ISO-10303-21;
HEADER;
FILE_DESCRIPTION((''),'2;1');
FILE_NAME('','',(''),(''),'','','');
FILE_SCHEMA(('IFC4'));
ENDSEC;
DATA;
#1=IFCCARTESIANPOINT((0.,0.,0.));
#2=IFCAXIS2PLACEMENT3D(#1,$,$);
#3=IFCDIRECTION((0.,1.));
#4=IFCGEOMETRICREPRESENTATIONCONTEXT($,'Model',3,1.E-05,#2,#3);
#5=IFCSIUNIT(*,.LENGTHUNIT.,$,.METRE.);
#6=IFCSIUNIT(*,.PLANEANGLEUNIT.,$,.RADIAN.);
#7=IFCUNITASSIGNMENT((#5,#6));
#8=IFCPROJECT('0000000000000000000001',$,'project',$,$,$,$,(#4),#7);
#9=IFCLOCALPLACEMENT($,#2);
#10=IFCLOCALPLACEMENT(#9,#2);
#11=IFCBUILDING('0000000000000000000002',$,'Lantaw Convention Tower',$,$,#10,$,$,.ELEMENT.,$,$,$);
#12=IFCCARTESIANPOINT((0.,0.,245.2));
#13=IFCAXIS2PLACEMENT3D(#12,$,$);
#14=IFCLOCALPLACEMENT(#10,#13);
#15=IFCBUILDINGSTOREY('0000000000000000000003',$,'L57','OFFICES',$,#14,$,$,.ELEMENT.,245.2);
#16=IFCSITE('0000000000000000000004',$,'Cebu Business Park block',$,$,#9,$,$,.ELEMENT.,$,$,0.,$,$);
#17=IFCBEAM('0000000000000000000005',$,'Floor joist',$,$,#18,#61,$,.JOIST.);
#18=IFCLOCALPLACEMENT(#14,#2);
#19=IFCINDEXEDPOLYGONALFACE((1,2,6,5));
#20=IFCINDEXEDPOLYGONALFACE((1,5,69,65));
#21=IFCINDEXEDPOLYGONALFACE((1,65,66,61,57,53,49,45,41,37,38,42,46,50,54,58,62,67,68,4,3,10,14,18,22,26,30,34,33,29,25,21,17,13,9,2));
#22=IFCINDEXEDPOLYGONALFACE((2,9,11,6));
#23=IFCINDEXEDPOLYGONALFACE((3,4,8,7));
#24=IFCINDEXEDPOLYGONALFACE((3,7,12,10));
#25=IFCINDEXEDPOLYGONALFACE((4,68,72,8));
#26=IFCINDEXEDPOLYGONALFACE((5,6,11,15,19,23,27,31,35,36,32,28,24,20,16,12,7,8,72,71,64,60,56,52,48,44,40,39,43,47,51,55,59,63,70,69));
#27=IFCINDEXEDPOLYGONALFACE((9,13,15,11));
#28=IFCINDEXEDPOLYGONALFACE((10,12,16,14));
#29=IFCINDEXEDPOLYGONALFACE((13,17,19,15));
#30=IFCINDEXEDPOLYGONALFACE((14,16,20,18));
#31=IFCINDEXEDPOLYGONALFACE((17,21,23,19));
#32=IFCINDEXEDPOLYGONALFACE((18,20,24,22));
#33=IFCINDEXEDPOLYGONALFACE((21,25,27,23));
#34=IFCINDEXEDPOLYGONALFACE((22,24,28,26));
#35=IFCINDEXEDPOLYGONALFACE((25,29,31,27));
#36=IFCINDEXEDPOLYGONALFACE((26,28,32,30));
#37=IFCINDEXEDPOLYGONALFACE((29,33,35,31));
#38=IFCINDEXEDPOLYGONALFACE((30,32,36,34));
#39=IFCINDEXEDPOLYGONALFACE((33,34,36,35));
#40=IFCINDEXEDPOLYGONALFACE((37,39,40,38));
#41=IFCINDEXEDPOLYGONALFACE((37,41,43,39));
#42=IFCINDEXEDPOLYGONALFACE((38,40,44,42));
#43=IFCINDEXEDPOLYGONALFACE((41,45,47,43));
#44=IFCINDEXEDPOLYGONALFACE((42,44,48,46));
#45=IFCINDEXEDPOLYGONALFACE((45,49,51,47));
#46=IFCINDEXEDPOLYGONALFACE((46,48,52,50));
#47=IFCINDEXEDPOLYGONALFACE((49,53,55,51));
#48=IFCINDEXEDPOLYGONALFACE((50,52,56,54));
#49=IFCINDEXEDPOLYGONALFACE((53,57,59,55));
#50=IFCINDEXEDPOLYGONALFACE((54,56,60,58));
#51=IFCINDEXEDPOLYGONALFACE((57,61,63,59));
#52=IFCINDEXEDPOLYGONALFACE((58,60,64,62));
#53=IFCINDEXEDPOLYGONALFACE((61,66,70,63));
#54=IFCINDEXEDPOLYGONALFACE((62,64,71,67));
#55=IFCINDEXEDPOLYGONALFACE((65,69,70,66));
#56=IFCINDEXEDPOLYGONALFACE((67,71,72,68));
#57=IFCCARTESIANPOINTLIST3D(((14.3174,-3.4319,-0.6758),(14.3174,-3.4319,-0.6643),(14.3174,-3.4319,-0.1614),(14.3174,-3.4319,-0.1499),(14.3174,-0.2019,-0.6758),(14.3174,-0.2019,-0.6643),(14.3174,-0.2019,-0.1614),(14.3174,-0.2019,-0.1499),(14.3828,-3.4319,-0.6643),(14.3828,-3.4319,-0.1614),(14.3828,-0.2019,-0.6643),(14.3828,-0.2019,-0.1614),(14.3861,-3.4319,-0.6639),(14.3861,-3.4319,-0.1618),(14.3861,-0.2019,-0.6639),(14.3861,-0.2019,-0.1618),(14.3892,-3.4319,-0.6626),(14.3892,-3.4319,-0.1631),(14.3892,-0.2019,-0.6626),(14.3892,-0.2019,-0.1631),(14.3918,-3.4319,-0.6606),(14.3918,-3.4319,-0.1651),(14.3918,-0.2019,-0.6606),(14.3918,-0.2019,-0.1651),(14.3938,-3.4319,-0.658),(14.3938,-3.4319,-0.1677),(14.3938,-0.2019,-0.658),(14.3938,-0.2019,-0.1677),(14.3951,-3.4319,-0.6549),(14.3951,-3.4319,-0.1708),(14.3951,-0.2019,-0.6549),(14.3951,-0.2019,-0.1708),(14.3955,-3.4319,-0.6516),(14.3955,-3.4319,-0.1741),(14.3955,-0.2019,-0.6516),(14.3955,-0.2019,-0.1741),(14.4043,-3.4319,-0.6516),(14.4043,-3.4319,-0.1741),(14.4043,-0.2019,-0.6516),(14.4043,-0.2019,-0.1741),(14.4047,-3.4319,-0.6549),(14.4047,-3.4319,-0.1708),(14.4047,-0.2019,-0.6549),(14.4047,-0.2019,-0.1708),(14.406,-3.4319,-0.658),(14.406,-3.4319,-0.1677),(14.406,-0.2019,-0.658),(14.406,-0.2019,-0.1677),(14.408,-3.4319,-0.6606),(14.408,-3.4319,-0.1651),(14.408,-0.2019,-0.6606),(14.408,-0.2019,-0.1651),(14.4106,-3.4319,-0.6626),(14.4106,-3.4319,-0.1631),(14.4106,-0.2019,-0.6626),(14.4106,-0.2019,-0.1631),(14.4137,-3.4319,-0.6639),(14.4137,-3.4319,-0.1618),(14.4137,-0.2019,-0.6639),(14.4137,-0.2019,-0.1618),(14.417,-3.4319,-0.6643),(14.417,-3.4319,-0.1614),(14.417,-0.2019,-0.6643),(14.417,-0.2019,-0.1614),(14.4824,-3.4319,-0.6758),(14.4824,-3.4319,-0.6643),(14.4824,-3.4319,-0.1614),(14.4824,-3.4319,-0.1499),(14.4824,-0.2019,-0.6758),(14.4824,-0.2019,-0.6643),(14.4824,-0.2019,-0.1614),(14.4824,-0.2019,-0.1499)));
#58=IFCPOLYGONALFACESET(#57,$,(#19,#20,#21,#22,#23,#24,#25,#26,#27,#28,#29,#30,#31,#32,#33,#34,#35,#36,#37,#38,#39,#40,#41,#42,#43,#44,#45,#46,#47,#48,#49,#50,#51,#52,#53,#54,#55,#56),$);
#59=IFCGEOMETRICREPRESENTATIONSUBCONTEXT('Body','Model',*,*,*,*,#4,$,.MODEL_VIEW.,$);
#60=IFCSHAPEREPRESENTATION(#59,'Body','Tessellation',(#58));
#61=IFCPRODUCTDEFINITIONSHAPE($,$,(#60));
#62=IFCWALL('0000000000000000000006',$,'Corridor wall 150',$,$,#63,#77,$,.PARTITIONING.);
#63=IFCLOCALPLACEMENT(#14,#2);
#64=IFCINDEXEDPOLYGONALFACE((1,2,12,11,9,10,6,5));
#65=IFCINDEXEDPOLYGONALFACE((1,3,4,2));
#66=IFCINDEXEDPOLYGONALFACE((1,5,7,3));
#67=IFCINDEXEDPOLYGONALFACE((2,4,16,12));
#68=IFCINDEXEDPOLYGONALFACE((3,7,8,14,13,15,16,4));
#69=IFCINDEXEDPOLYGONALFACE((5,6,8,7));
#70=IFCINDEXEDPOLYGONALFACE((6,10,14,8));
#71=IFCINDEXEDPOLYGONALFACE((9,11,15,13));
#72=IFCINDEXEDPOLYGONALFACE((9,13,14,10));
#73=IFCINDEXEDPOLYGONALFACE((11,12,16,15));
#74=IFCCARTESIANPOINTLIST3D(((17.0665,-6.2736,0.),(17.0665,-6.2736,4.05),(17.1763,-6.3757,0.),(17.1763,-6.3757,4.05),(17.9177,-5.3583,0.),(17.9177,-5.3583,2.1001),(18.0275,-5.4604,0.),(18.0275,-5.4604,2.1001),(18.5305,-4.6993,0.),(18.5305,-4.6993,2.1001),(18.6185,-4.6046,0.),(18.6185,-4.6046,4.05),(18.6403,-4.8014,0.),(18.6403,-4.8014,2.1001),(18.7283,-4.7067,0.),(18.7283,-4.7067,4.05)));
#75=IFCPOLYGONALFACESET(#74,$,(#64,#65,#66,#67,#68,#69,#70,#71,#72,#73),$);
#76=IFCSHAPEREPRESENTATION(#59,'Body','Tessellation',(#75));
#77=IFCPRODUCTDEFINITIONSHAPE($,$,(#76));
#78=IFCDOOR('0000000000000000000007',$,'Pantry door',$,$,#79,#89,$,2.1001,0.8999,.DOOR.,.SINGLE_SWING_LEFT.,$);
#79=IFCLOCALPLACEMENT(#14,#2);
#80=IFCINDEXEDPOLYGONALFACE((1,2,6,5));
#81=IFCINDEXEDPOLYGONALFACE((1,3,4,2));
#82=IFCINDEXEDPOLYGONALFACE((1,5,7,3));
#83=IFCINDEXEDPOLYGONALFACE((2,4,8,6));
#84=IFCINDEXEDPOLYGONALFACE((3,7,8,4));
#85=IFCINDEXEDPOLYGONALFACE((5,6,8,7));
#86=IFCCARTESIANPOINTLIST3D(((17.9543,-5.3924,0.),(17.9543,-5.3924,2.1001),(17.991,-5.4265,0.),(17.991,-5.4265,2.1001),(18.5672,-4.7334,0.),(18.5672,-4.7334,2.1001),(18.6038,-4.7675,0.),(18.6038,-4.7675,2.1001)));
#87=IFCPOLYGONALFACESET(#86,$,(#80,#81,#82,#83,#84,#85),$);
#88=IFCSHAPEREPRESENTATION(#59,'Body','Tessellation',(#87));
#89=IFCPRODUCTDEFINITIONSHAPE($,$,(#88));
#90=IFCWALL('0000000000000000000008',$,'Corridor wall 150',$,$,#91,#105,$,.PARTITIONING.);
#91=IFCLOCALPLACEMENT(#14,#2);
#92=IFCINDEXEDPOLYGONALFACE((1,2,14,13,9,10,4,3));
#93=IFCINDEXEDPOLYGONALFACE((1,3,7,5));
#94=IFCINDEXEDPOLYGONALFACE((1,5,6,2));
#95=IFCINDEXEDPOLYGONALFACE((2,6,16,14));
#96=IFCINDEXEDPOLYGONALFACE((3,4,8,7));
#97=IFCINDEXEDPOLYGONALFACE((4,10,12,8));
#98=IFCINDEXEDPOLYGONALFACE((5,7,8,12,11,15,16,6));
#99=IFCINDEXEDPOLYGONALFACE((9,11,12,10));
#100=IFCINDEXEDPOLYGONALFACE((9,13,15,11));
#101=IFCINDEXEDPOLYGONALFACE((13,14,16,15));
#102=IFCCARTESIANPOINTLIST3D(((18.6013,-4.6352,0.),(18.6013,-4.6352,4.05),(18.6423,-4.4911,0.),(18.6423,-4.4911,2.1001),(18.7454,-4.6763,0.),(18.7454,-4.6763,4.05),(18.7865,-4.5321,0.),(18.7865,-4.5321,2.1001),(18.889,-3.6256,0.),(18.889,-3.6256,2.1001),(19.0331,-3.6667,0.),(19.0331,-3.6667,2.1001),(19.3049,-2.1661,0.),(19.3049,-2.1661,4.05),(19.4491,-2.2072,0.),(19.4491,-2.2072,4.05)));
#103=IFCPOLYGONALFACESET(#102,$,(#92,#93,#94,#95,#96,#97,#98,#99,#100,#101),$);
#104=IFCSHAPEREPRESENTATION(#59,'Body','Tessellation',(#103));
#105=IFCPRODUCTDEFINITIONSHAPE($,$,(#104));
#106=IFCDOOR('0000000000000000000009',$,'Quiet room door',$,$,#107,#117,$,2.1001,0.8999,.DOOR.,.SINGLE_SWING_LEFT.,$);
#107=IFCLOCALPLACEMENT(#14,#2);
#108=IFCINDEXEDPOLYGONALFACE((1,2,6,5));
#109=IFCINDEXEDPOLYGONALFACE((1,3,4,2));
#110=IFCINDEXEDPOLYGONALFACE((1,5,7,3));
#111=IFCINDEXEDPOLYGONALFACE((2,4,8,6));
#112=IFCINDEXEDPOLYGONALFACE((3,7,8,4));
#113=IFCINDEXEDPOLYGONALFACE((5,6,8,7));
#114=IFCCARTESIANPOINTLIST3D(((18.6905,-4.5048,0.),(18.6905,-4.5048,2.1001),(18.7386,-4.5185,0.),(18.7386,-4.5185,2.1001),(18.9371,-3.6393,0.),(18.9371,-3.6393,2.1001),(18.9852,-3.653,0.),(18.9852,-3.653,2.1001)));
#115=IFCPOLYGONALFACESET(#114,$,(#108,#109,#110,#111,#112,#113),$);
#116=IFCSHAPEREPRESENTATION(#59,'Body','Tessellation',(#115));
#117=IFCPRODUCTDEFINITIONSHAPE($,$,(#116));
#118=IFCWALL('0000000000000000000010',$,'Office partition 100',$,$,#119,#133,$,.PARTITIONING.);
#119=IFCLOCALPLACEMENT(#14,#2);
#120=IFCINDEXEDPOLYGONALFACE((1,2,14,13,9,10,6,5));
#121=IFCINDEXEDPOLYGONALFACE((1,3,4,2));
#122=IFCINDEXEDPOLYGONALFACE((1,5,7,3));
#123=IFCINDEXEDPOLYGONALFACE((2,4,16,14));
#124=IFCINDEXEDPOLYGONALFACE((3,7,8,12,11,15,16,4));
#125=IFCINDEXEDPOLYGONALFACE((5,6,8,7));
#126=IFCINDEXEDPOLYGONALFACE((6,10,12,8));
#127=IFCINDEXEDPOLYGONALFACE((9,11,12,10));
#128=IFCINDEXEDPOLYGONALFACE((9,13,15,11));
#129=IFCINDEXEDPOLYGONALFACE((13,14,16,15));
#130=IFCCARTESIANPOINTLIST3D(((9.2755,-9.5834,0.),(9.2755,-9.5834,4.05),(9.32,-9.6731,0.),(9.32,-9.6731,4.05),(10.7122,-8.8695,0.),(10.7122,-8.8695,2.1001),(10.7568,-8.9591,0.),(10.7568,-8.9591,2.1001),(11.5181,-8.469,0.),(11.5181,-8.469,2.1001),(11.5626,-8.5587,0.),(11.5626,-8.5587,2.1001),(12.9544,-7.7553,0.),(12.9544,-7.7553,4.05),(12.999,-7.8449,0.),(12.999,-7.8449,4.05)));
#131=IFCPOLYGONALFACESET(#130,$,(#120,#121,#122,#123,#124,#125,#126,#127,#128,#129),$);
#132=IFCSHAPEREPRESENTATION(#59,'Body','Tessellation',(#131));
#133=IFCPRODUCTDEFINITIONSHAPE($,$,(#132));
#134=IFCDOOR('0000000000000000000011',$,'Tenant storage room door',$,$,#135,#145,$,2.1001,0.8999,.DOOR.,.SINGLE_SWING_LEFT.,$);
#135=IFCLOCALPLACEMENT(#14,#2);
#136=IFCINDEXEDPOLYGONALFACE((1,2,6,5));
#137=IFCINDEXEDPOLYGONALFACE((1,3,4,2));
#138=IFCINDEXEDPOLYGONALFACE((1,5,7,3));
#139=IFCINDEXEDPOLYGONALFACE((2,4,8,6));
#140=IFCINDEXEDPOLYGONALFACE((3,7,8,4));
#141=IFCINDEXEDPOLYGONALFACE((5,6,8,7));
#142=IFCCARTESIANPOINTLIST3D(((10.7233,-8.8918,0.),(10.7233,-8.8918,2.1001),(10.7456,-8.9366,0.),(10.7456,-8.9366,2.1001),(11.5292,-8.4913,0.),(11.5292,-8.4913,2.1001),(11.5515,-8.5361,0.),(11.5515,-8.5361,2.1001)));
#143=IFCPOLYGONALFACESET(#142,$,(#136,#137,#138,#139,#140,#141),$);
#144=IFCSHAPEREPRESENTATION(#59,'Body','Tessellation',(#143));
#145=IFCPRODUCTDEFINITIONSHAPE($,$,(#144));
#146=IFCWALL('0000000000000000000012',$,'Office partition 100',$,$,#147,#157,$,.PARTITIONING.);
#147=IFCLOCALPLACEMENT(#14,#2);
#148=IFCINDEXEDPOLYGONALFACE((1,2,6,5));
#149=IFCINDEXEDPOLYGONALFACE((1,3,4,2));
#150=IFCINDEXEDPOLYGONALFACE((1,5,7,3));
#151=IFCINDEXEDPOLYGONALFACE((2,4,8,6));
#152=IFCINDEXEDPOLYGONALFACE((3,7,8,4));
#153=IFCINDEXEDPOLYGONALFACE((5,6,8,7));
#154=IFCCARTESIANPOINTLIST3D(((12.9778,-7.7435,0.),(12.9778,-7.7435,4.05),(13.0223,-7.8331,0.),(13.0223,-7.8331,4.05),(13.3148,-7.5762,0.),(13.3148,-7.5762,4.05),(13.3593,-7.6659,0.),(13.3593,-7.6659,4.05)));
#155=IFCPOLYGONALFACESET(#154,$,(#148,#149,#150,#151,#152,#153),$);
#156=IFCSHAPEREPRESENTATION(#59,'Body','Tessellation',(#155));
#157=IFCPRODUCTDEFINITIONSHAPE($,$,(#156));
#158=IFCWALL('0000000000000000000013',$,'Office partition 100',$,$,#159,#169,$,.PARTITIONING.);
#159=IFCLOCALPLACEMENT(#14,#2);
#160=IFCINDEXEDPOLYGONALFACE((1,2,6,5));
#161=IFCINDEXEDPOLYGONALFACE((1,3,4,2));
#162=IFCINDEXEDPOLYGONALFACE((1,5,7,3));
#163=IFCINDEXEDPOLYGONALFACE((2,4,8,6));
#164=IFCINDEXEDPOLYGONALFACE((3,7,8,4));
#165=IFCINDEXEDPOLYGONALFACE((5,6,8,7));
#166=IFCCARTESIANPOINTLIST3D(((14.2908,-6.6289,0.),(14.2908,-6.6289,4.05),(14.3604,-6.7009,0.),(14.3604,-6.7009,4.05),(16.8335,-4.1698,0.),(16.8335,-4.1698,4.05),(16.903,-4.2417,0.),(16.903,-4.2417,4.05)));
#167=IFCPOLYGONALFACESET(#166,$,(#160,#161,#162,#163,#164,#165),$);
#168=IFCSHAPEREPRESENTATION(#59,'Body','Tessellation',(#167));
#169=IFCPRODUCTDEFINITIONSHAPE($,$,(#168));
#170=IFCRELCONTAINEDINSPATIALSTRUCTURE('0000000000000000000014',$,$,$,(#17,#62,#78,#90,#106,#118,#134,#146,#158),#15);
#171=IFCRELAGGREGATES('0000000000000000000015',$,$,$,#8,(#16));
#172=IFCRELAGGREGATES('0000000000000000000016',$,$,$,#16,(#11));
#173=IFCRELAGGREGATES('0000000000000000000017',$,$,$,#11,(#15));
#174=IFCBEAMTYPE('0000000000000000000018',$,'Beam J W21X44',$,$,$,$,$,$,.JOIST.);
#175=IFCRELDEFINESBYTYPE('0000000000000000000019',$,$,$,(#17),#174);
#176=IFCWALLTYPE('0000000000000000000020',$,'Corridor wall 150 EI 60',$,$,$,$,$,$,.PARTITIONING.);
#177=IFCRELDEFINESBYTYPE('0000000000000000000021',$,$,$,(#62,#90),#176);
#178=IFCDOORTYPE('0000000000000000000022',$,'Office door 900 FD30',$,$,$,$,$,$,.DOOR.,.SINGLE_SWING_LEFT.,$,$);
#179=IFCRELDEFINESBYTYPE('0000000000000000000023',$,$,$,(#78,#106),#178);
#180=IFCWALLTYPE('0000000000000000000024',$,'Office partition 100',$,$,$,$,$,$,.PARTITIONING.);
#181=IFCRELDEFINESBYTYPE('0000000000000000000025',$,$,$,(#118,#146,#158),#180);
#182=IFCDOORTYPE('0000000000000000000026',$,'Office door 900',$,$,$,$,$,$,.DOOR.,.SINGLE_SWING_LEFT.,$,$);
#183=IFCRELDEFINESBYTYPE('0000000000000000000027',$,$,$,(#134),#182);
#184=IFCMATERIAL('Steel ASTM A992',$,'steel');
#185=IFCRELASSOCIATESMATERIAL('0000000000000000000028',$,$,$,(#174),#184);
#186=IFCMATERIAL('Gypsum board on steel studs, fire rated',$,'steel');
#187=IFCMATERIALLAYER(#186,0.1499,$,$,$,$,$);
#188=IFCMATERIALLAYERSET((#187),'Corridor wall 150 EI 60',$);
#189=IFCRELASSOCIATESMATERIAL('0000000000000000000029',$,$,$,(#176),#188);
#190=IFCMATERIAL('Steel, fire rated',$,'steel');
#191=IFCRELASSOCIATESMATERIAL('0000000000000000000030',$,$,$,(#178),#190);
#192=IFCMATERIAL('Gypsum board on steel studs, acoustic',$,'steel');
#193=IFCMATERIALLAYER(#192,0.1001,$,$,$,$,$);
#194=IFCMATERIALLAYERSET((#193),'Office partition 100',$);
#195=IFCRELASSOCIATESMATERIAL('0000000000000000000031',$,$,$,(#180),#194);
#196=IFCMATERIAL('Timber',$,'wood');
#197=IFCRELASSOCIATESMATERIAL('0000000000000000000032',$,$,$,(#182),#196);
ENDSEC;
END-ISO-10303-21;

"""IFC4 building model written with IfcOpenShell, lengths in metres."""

from ifc_helpers import new_model, si_unit, direction, frame, frame_2d, origin, origin_2d, place, context, subcontext, project, spatial, rectangle, i_section, extrude, material, layer, layer_set, material_profile, profile_set, type_object, element, fill, save


model = new_model("IFC4")

# Units and contexts
model_context = context("Model", 3, precision=1e-05, world=origin(), true_north=direction((0.0, 1.0)))
body_context = subcontext(model_context, "Body", "Model", "MODEL_VIEW")
ifc_project = project(units=[si_unit("LENGTHUNIT", "METRE"), si_unit("PLANEANGLEUNIT", "RADIAN")], contexts=[model_context])

# Site, building, storey
site_placement = place(None, origin())
site = spatial("IfcSite", under=ifc_project, at=site_placement, Name="Cebu Business Park block", CompositionType="ELEMENT", RefElevation=0.0)
building_placement = place(site_placement, origin())
building = spatial("IfcBuilding", under=site, at=building_placement, Name="Lantaw Convention Tower", CompositionType="ELEMENT")
storey_placement = place(building_placement, frame((0.0, 0.0, 245.2)))
storey = spatial("IfcBuildingStorey", under=building, at=storey_placement, Name="L57", Description="OFFICES", CompositionType="ELEMENT", Elevation=245.2)

# Beam
ifc_material_1 = material(Name="Steel ASTM A992", Category="steel")
ifc_material_profile_1 = material_profile(ifc_material_1, i_section(OverallWidth=0.165, OverallDepth=0.5259, WebThickness=0.0088, FlangeThickness=0.0115, FilletRadius=0.0127, at=origin_2d()), Name="W21X44")
ifc_profile_set_1 = profile_set([ifc_material_profile_1], Name="Steel ASTM A992")
beam_type_1 = type_object("IfcBeamType", Name="Beam J W21X44", PredefinedType="JOIST", material=ifc_profile_set_1)
beam_1_placement = place(storey_placement, frame((14.3999, -3.4319, -0.4128), z_axis=(0.0, 1.0, 0.0), x_axis=(-1.0, 0.0, 0.0)))
element("IfcBeam", 1, at=beam_1_placement, inside=storey, type_object=beam_type_1, Name="Floor joist", PredefinedType="JOIST", context=body_context, shape_type="SweptSolid", body=[
    extrude(i_section(OverallWidth=0.165, OverallDepth=0.5259, WebThickness=0.0088, FlangeThickness=0.0115, FilletRadius=0.0127, at=origin_2d()), origin(), (0.0, 0.0, 1.0), 3.23),
])

# Walls, openings, doors
ifc_material_2 = material(Name="Gypsum board on steel studs, fire rated", Category="steel")
ifc_layer_1 = layer(ifc_material_2, 0.1499)
ifc_layer_set_1 = layer_set([ifc_layer_1], Name="Corridor wall 150 EI 60")
wall_type_1 = type_object("IfcWallType", Name="Corridor wall 150 EI 60", PredefinedType="PARTITIONING", material=ifc_layer_set_1)
wall_1_placement = place(storey_placement, frame((17.1213, -6.3247, 0.0), z_axis=(0.0, 0.0, 1.0), x_axis=(0.680985, 0.732297, 0.0)))
wall_1 = element("IfcWall", 2, at=wall_1_placement, inside=storey, type_object=wall_type_1, Name="Corridor wall 150", PredefinedType="PARTITIONING", context=body_context, shape_type="SweptSolid", body=[
    extrude(rectangle(XDim=2.2791, YDim=0.1499, at=frame_2d((1.1396, 0.0))), origin(), (0.0, 0.0, 1.0), 4.05),
])
opening_1_placement = place(wall_1_placement, frame((1.25, 0.0, 0.0)))
opening_1 = element("IfcOpeningElement", 3, at=opening_1_placement, cuts=wall_1, PredefinedType="OPENING", context=body_context, shape_type="SweptSolid", body=[
    extrude(rectangle(XDim=0.8999, YDim=2.1001, at=frame_2d((0.45, 1.05))), frame((0.0, 0.085, 0.0), z_axis=(0.0, -1.0, 0.0), x_axis=(1.0, 0.0, 0.0)), (0.0, 0.0, 1.0), 0.1699),
])
ifc_material_3 = material(Name="Steel, fire rated", Category="steel")
door_type_1 = type_object("IfcDoorType", Name="Office door 900 FD30", OperationType="SINGLE_SWING_LEFT", PredefinedType="DOOR", material=ifc_material_3)
door_1_placement = place(opening_1_placement, origin())
door_1 = element("IfcDoor", 4, at=door_1_placement, inside=storey, type_object=door_type_1, Name="Pantry door", OperationType="SINGLE_SWING_LEFT", OverallHeight=2.1001, OverallWidth=0.8999, PredefinedType="DOOR", context=body_context, shape_type="SweptSolid", body=[
    extrude(rectangle(XDim=0.8999, YDim=2.1001, at=frame_2d((0.45, 1.05))), frame((0.0, 0.0249, 0.0), z_axis=(0.0, -1.0, 0.0), x_axis=(1.0, 0.0, 0.0)), (0.0, 0.0, 1.0), 0.05),
])
fill(opening_1, door_1)
wall_2_placement = place(storey_placement, frame((18.6733, -4.6558, 0.0), z_axis=(0.0, 0.0, 1.0), x_axis=(0.274068, 0.96171, 0.0)))
wall_2 = element("IfcWall", 5, at=wall_2_placement, inside=storey, type_object=wall_type_1, Name="Corridor wall 150", PredefinedType="PARTITIONING", context=body_context, shape_type="SweptSolid", body=[
    extrude(rectangle(XDim=2.5674, YDim=0.1499, at=frame_2d((1.2837, 0.0))), origin(), (0.0, 0.0, 1.0), 4.05),
])
opening_2_placement = place(wall_2_placement, frame((0.1499, 0.0, 0.0)))
opening_2 = element("IfcOpeningElement", 6, at=opening_2_placement, cuts=wall_2, PredefinedType="OPENING", context=body_context, shape_type="SweptSolid", body=[
    extrude(rectangle(XDim=0.8999, YDim=2.1001, at=frame_2d((0.45, 1.05))), frame((0.0, 0.085, 0.0), z_axis=(0.0, -1.0, 0.0), x_axis=(1.0, 0.0, 0.0)), (0.0, 0.0, 1.0), 0.1699),
])
door_2_placement = place(opening_2_placement, origin())
door_2 = element("IfcDoor", 7, at=door_2_placement, inside=storey, type_object=door_type_1, Name="Quiet room door", OperationType="SINGLE_SWING_LEFT", OverallHeight=2.1001, OverallWidth=0.8999, PredefinedType="DOOR", context=body_context, shape_type="SweptSolid", body=[
    extrude(rectangle(XDim=0.8999, YDim=2.1001, at=frame_2d((0.45, 1.05))), frame((0.0, 0.0249, 0.0), z_axis=(0.0, -1.0, 0.0), x_axis=(1.0, 0.0, 0.0)), (0.0, 0.0, 1.0), 0.05),
])
fill(opening_2, door_2)
ifc_material_4 = material(Name="Gypsum board on steel studs, acoustic", Category="steel")
ifc_layer_2 = layer(ifc_material_4, 0.1001)
ifc_layer_set_2 = layer_set([ifc_layer_2], Name="Office partition 100")
wall_type_2 = type_object("IfcWallType", Name="Office partition 100", PredefinedType="PARTITIONING", material=ifc_layer_set_2)
wall_3_placement = place(storey_placement, frame((12.9768, -7.8, 0.0), z_axis=(0.0, 0.0, 1.0), x_axis=(-0.89553, -0.445001, 0.0)))
wall_3 = element("IfcWall", 8, at=wall_3_placement, inside=storey, type_object=wall_type_2, Name="Office partition 100", PredefinedType="PARTITIONING", context=body_context, shape_type="SweptSolid", body=[
    extrude(rectangle(XDim=4.1082, YDim=0.1001, at=frame_2d((2.0542, 0.0))), origin(), (0.0, 0.0, 1.0), 4.05),
])
opening_3_placement = place(wall_3_placement, frame((1.604, 0.0, 0.0)))
opening_3 = element("IfcOpeningElement", 9, at=opening_3_placement, cuts=wall_3, PredefinedType="OPENING", context=body_context, shape_type="SweptSolid", body=[
    extrude(rectangle(XDim=0.8999, YDim=2.1001, at=frame_2d((0.45, 1.05))), frame((0.0, 0.0601, 0.0), z_axis=(0.0, -1.0, 0.0), x_axis=(1.0, 0.0, 0.0)), (0.0, 0.0, 1.0), 0.1201),
])
ifc_material_5 = material(Name="Timber", Category="wood")
door_type_2 = type_object("IfcDoorType", Name="Office door 900", OperationType="SINGLE_SWING_LEFT", PredefinedType="DOOR", material=ifc_material_5)
door_3_placement = place(opening_3_placement, origin())
door_3 = element("IfcDoor", 10, at=door_3_placement, inside=storey, type_object=door_type_2, Name="Tenant storage room door", OperationType="SINGLE_SWING_LEFT", OverallHeight=2.1001, OverallWidth=0.8999, PredefinedType="DOOR", context=body_context, shape_type="SweptSolid", body=[
    extrude(rectangle(XDim=0.8999, YDim=2.1001, at=frame_2d((0.45, 1.05))), frame((0.0, 0.0249, 0.0), z_axis=(0.0, -1.0, 0.0), x_axis=(1.0, 0.0, 0.0)), (0.0, 0.0, 1.0), 0.05),
])
fill(opening_3, door_3)

# Walls
wall_4_placement = place(storey_placement, frame((13.3369, -7.6211, 0.0), z_axis=(0.0, 0.0, 1.0), x_axis=(-0.895722, -0.444615, 0.0)))
element("IfcWall", 11, at=wall_4_placement, inside=storey, type_object=wall_type_2, Name="Office partition 100", PredefinedType="PARTITIONING", context=body_context, shape_type="SweptSolid", body=[
    extrude(rectangle(XDim=0.3762, YDim=0.1001, at=frame_2d((0.188, 0.0))), origin(), (0.0, 0.0, 1.0), 4.05),
])
wall_5_placement = place(storey_placement, frame((16.8682, -4.2058, 0.0), z_axis=(0.0, 0.0, 1.0), x_axis=(-0.71881, -0.695206, 0.0)))
element("IfcWall", 12, at=wall_5_placement, inside=storey, type_object=wall_type_2, Name="Office partition 100", PredefinedType="PARTITIONING", context=body_context, shape_type="SweptSolid", body=[
    extrude(rectangle(XDim=3.5374, YDim=0.1001, at=frame_2d((1.7686, 0.0))), origin(), (0.0, 0.0, 1.0), 4.05),
])

save(model, "model.ifc")
